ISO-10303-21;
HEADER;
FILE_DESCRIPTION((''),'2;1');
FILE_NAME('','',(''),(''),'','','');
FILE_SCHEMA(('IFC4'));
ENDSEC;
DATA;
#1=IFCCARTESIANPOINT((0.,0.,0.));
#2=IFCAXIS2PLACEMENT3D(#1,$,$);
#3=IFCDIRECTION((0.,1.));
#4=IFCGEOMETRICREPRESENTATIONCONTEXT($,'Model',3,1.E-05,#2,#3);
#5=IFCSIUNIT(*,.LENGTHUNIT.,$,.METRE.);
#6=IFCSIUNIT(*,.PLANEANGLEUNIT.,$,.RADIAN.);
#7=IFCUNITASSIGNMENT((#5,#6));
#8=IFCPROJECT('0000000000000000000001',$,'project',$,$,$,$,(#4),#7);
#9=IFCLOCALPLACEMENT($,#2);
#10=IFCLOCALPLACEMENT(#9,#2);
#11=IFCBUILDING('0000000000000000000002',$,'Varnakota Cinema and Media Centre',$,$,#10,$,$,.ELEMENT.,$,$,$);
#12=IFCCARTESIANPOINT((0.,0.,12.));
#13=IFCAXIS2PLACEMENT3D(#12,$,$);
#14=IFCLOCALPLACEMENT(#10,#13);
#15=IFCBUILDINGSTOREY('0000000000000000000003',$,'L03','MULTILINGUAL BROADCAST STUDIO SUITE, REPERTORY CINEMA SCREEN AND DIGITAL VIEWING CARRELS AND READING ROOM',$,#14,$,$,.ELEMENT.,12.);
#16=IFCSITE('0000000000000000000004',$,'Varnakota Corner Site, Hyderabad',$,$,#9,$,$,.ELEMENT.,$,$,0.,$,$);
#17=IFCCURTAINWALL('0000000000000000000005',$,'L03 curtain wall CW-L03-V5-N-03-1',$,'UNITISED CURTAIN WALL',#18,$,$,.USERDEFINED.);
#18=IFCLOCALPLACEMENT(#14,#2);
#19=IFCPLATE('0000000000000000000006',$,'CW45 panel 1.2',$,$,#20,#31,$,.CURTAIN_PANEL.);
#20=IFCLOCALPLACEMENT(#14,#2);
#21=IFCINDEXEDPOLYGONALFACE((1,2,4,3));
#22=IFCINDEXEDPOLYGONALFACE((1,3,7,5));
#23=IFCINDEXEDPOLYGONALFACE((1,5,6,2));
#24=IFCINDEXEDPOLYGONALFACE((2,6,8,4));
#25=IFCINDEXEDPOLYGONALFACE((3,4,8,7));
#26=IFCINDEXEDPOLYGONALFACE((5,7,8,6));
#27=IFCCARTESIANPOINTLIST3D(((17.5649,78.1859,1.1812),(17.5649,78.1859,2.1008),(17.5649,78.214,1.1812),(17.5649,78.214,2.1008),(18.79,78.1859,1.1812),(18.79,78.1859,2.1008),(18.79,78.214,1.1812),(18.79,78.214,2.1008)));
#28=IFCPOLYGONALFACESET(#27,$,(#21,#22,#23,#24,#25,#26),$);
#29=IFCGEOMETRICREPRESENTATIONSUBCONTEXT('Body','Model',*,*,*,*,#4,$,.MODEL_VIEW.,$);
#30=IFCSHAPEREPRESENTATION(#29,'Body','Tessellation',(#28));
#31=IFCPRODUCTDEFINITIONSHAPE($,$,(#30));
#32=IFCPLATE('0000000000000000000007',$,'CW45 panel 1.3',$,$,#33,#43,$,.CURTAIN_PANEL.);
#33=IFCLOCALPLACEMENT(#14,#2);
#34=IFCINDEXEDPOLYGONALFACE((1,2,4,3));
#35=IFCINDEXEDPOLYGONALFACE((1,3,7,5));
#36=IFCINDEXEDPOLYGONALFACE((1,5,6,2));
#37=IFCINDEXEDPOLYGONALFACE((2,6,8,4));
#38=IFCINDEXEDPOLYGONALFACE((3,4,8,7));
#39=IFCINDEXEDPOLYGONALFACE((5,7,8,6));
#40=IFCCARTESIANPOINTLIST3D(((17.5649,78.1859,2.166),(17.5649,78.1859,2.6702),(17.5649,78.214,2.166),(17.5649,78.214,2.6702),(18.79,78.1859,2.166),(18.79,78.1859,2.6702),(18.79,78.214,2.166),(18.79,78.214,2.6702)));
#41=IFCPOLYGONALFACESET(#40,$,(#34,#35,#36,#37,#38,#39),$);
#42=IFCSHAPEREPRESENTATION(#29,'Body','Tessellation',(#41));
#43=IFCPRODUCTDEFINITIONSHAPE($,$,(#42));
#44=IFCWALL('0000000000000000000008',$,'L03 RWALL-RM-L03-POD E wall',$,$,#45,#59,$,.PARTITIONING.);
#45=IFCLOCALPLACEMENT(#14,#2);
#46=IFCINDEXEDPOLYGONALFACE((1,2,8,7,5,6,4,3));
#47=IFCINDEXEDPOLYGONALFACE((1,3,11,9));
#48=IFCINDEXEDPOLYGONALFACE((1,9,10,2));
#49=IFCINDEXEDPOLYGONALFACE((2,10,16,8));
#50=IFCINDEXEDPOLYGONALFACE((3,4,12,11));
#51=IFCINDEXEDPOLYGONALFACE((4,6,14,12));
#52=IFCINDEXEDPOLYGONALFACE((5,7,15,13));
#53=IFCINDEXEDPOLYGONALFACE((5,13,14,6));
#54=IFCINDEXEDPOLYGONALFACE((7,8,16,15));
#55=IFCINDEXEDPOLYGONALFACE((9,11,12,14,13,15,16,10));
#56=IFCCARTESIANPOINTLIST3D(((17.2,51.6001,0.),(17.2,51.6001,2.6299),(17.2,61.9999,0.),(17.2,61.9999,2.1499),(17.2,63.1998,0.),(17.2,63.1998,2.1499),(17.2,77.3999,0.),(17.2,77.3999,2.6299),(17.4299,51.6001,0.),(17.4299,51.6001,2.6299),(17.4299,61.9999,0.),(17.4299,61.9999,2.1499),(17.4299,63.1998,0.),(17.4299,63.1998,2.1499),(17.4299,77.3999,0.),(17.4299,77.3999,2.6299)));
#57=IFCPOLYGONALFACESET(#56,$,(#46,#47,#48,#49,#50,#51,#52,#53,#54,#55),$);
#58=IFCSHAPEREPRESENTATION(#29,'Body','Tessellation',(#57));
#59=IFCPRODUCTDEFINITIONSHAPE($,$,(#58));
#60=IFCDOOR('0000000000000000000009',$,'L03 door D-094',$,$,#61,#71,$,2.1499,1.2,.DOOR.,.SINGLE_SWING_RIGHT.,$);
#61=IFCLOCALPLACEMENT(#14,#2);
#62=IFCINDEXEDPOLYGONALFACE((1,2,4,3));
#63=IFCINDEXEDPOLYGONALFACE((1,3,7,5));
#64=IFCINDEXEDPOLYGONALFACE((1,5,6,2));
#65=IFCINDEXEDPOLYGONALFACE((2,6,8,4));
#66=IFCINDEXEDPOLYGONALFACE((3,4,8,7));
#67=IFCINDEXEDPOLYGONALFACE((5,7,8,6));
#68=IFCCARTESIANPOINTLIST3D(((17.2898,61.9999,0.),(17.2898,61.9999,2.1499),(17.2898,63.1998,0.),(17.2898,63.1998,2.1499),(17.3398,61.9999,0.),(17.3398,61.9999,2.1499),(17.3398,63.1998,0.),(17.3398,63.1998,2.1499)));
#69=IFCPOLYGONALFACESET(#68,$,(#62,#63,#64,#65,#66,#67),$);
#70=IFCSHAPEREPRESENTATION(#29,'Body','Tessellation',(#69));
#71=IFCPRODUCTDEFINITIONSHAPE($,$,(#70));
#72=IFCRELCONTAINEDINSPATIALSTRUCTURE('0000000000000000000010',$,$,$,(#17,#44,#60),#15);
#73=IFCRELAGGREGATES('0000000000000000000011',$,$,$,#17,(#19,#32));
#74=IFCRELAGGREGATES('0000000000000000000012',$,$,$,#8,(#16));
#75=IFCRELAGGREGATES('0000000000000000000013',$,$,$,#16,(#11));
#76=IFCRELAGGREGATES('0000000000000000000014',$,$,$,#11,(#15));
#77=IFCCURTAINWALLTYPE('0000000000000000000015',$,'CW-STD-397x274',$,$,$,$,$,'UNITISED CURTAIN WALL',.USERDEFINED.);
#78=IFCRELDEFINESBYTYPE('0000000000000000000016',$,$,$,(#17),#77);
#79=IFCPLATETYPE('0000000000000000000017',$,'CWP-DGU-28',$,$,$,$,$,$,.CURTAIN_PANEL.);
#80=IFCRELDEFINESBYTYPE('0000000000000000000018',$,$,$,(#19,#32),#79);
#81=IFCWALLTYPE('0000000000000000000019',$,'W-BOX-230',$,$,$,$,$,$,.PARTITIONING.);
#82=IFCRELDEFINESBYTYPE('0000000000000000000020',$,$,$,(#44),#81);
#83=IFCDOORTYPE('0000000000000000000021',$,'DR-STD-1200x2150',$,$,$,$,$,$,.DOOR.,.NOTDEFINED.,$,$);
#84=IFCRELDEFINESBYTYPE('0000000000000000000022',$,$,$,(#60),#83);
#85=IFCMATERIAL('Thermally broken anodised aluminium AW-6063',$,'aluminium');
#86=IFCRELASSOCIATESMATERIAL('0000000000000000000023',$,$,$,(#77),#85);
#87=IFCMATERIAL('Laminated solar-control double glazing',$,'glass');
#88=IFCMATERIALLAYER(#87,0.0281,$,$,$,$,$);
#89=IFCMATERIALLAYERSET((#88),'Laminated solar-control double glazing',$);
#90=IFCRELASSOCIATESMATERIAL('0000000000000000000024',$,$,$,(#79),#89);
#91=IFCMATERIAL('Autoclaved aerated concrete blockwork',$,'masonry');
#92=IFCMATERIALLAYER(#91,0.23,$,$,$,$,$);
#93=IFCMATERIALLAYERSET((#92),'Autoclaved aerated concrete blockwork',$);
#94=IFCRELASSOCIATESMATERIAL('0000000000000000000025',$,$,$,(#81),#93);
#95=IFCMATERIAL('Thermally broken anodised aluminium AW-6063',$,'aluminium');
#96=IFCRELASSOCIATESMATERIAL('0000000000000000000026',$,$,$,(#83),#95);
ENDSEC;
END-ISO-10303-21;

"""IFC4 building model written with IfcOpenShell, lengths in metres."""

from ifc_helpers import new_model, si_unit, direction, frame, frame_2d, origin, origin_2d, place, context, subcontext, project, spatial, rectangle, extrude, material, layer, layer_set, type_object, element, fill, aggregate, save


model = new_model("IFC4")

# Units and contexts
model_context = context("Model", 3, precision=1e-05, world=origin(), true_north=direction((0.0, 1.0)))
body_context = subcontext(model_context, "Body", "Model", "MODEL_VIEW")
ifc_project = project(units=[si_unit("LENGTHUNIT", "METRE"), si_unit("PLANEANGLEUNIT", "RADIAN")], contexts=[model_context])

# Site, building, storey
site_placement = place(None, origin())
site = spatial("IfcSite", under=ifc_project, at=site_placement, Name="Varnakota Corner Site, Hyderabad", CompositionType="ELEMENT", RefElevation=0.0)
building_placement = place(site_placement, origin())
building = spatial("IfcBuilding", under=site, at=building_placement, Name="Varnakota Cinema and Media Centre", CompositionType="ELEMENT")
storey_placement = place(building_placement, frame((0.0, 0.0, 12.0)))
storey = spatial("IfcBuildingStorey", under=building, at=storey_placement, Name="L03", Description="MULTILINGUAL BROADCAST STUDIO SUITE, REPERTORY CINEMA SCREEN AND DIGITAL VIEWING CARRELS AND READING ROOM", CompositionType="ELEMENT", Elevation=12.0)

# Curtain wall
ifc_material_1 = material(Name="Thermally broken anodised aluminium AW-6063", Category="aluminium")
curtain_wall_type_1 = type_object("IfcCurtainWallType", Name="CW-STD-397x274", ElementType="UNITISED CURTAIN WALL", PredefinedType="USERDEFINED", material=ifc_material_1)
curtain_wall_1_placement = place(storey_placement, origin())
curtain_wall_1 = element("IfcCurtainWall", 1, at=curtain_wall_1_placement, inside=storey, type_object=curtain_wall_type_1, Name="L03 curtain wall CW-L03-V5-N-03-1", ObjectType="UNITISED CURTAIN WALL", PredefinedType="USERDEFINED")

# Plates
ifc_material_2 = material(Name="Laminated solar-control double glazing", Category="glass")
ifc_layer_1 = layer(ifc_material_2, 0.0281)
ifc_layer_set_1 = layer_set([ifc_layer_1], Name="Laminated solar-control double glazing")
plate_type = type_object("IfcPlateType", Name="CWP-DGU-28", PredefinedType="CURTAIN_PANEL", material=ifc_layer_set_1)
plate_1_placement = place(storey_placement, frame((18.1775, 78.2, 1.1812), z_axis=(0.0, 0.0, 1.0), x_axis=(1.0, 0.0, 0.0)))
plate_1 = element("IfcPlate", 2, at=plate_1_placement, type_object=plate_type, Name="CW45 panel 1.2", PredefinedType="CURTAIN_PANEL", context=body_context, shape_type="SweptSolid", body=[
    extrude(rectangle(XDim=1.2251, YDim=0.0281, at=origin_2d()), origin(), (0.0, 0.0, 1.0), 0.9197),
])
plate_2_placement = place(storey_placement, frame((18.1775, 78.2, 2.166), z_axis=(0.0, 0.0, 1.0), x_axis=(1.0, 0.0, 0.0)))
plate_2 = element("IfcPlate", 3, at=plate_2_placement, type_object=plate_type, Name="CW45 panel 1.3", PredefinedType="CURTAIN_PANEL", context=body_context, shape_type="SweptSolid", body=[
    extrude(rectangle(XDim=1.2251, YDim=0.0281, at=origin_2d()), origin(), (0.0, 0.0, 1.0), 0.5042),
])
aggregate(curtain_wall_1, [plate_1, plate_2])

# Wall, opening, door
ifc_material_3 = material(Name="Autoclaved aerated concrete blockwork", Category="masonry")
ifc_layer_2 = layer(ifc_material_3, 0.23)
ifc_layer_set_2 = layer_set([ifc_layer_2], Name="Autoclaved aerated concrete blockwork")
wall_type = type_object("IfcWallType", Name="W-BOX-230", PredefinedType="PARTITIONING", material=ifc_layer_set_2)
wall_placement = place(storey_placement, frame((17.3149, 77.3999, 0.0), z_axis=(0.0, 0.0, 1.0), x_axis=(0.0, -1.0, 0.0)))
wall = element("IfcWall", 4, at=wall_placement, inside=storey, type_object=wall_type, Name="L03 RWALL-RM-L03-POD E wall", PredefinedType="PARTITIONING", context=body_context, shape_type="SweptSolid", body=[
    extrude(rectangle(XDim=25.7998, YDim=0.23, at=frame_2d((12.8999, 0.0))), origin(), (0.0, 0.0, 1.0), 2.6299),
])
opening_placement = place(wall_placement, frame((14.2, 0.0, 0.0)))
opening = element("IfcOpeningElement", 5, at=opening_placement, cuts=wall, PredefinedType="OPENING", context=body_context, shape_type="SweptSolid", body=[
    extrude(rectangle(XDim=1.2, YDim=2.1499, at=frame_2d((0.6001, 1.075))), frame((0.0, 0.115, 0.0), z_axis=(0.0, -1.0, 0.0), x_axis=(1.0, 0.0, 0.0)), (0.0, 0.0, 1.0), 0.23),
])
ifc_material_4 = material(Name="Thermally broken anodised aluminium AW-6063", Category="aluminium")
door_type = type_object("IfcDoorType", Name="DR-STD-1200x2150", OperationType="NOTDEFINED", PredefinedType="DOOR", material=ifc_material_4)
door_placement = place(opening_placement, origin())
door = element("IfcDoor", 6, at=door_placement, inside=storey, type_object=door_type, Name="L03 door D-094", OperationType="SINGLE_SWING_RIGHT", OverallHeight=2.1499, OverallWidth=1.2, PredefinedType="DOOR", context=body_context, shape_type="SweptSolid", body=[
    extrude(rectangle(XDim=1.2, YDim=2.1499, at=frame_2d((0.6001, 1.075))), frame((0.0, 0.0249, 0.0), z_axis=(0.0, -1.0, 0.0), x_axis=(1.0, 0.0, 0.0)), (0.0, 0.0, 1.0), 0.05),
])
fill(opening, door)

save(model, "model.ifc")
